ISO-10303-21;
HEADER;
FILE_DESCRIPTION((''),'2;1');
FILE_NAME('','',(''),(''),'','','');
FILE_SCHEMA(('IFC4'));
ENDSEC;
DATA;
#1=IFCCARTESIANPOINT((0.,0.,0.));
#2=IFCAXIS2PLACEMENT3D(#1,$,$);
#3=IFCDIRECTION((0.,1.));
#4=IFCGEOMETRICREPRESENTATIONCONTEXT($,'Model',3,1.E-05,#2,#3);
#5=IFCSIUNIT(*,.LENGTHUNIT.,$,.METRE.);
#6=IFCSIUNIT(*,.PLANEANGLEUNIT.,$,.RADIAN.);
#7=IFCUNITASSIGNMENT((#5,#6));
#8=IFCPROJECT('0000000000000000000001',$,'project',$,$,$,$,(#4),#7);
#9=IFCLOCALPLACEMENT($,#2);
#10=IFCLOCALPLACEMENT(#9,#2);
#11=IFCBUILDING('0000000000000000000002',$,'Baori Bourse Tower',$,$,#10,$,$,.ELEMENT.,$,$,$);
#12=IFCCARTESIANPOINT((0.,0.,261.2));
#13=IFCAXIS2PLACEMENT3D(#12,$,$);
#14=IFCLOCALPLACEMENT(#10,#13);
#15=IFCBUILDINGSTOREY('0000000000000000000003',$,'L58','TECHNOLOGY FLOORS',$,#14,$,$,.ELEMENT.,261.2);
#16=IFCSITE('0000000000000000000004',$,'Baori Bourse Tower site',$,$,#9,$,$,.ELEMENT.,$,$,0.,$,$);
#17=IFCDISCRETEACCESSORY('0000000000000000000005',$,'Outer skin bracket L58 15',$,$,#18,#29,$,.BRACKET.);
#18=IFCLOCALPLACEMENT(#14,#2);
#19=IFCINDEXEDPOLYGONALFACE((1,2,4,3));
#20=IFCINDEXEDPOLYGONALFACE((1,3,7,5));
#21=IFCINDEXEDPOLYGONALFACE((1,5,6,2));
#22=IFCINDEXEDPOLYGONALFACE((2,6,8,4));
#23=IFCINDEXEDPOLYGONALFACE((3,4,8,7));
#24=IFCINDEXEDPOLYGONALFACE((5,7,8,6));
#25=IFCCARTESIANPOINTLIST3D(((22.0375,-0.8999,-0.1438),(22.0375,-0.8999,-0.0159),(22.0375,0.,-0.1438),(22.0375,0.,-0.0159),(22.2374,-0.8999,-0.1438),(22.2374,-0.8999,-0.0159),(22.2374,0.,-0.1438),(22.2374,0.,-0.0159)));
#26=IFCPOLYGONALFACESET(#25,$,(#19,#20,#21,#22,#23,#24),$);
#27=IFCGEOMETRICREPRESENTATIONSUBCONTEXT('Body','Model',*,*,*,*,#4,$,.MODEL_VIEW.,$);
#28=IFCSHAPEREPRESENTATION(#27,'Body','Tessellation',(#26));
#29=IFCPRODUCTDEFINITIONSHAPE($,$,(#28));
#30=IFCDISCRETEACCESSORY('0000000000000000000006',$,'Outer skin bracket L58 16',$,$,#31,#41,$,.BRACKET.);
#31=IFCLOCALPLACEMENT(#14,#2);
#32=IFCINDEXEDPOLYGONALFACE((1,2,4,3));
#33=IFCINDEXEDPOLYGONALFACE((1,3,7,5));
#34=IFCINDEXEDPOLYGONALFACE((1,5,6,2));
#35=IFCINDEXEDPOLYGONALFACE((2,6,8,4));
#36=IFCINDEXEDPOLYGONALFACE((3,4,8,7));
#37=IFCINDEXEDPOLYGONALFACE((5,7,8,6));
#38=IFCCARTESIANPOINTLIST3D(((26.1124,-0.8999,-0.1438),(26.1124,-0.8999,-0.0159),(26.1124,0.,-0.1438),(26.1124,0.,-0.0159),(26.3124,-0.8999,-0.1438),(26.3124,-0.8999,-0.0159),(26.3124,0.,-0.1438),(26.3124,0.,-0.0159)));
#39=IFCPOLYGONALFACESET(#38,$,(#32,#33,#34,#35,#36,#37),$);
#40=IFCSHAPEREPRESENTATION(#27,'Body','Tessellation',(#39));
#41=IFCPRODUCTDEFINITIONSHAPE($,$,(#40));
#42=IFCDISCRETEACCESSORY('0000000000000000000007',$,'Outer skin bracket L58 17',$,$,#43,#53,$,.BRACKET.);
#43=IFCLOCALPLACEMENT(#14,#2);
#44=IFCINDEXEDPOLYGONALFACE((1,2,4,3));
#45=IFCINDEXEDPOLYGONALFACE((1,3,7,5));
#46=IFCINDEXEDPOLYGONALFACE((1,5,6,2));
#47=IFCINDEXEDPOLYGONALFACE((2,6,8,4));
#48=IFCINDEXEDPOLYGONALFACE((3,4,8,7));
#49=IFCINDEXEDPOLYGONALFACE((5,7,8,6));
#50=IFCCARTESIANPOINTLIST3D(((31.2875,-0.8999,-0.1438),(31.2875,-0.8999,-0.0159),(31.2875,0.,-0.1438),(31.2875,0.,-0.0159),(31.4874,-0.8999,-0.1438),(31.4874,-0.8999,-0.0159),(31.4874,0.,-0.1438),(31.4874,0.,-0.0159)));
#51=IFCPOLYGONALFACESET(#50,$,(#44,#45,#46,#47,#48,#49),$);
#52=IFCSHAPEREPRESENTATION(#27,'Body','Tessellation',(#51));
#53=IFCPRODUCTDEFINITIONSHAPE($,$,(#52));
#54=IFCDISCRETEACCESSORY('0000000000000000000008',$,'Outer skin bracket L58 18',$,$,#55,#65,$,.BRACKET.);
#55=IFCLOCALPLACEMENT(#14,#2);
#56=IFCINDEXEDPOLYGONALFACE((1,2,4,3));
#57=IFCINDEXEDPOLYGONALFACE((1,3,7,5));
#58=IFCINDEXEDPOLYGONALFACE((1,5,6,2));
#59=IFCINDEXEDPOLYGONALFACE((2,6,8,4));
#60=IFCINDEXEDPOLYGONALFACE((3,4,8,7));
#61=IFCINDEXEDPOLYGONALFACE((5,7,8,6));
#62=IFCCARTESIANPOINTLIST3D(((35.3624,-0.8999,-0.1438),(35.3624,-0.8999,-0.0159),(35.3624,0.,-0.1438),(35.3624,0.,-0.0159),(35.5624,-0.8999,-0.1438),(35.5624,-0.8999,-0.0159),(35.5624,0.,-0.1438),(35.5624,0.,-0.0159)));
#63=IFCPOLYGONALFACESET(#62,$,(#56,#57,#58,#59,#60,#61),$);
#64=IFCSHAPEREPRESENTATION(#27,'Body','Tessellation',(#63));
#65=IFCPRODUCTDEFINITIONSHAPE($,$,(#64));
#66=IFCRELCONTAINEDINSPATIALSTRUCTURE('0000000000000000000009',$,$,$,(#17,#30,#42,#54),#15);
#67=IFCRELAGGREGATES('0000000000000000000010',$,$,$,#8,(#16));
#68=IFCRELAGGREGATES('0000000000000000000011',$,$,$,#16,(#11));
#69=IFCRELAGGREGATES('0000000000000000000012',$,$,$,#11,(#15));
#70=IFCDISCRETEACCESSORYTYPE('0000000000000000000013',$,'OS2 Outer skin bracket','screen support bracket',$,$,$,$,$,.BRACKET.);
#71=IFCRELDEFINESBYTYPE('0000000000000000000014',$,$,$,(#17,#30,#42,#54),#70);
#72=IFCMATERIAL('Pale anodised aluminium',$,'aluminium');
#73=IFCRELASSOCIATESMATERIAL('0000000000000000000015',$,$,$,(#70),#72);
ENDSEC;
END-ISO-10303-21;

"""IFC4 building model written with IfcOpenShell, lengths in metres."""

from ifc_helpers import new_model, si_unit, direction, frame, origin, origin_2d, place, context, subcontext, project, spatial, rectangle, extrude, material, type_object, element, save


model = new_model("IFC4")

# Units and contexts
model_context = context("Model", 3, precision=1e-05, world=origin(), true_north=direction((0.0, 1.0)))
body_context = subcontext(model_context, "Body", "Model", "MODEL_VIEW")
ifc_project = project(units=[si_unit("LENGTHUNIT", "METRE"), si_unit("PLANEANGLEUNIT", "RADIAN")], contexts=[model_context])

# Site, building, storey
site_placement = place(None, origin())
site = spatial("IfcSite", under=ifc_project, at=site_placement, Name="Baori Bourse Tower site", CompositionType="ELEMENT", RefElevation=0.0)
building_placement = place(site_placement, origin())
building = spatial("IfcBuilding", under=site, at=building_placement, Name="Baori Bourse Tower", CompositionType="ELEMENT")
storey_placement = place(building_placement, frame((0.0, 0.0, 261.2)))
storey = spatial("IfcBuildingStorey", under=building, at=storey_placement, Name="L58", Description="TECHNOLOGY FLOORS", CompositionType="ELEMENT", Elevation=261.2)

# Discrete accessories
ifc_material_1 = material(Name="Pale anodised aluminium", Category="aluminium")
discrete_accessory_type = type_object("IfcDiscreteAccessoryType", Name="OS2 Outer skin bracket", Description="screen support bracket", PredefinedType="BRACKET", material=ifc_material_1)
for number, where, z_axis, x_axis, name in (
    (1, (22.1375, -0.45, -0.1438), (0.0, 0.0, 1.0), (1.0, 0.0, 0.0), "Outer skin bracket L58 15"),
    (2, (26.2124, -0.45, -0.1438), (0.0, 0.0, 1.0), (1.0, 0.0, 0.0), "Outer skin bracket L58 16"),
    (3, (31.3875, -0.45, -0.1438), (0.0, 0.0, 1.0), (1.0, 0.0, 0.0), "Outer skin bracket L58 17"),
    (4, (35.4624, -0.45, -0.1438), (0.0, 0.0, 1.0), (1.0, 0.0, 0.0), "Outer skin bracket L58 18"),
):
    element("IfcDiscreteAccessory", number, at=place(storey_placement, frame(where, z_axis=z_axis, x_axis=x_axis)), inside=storey, type_object=discrete_accessory_type, Name=name, PredefinedType="BRACKET", context=body_context, shape_type="SweptSolid", body=[
        extrude(rectangle(XDim=0.2, YDim=0.8999, at=origin_2d()), origin(), (0.0, 0.0, 1.0), 0.1279),
    ])

save(model, "model.ifc")
